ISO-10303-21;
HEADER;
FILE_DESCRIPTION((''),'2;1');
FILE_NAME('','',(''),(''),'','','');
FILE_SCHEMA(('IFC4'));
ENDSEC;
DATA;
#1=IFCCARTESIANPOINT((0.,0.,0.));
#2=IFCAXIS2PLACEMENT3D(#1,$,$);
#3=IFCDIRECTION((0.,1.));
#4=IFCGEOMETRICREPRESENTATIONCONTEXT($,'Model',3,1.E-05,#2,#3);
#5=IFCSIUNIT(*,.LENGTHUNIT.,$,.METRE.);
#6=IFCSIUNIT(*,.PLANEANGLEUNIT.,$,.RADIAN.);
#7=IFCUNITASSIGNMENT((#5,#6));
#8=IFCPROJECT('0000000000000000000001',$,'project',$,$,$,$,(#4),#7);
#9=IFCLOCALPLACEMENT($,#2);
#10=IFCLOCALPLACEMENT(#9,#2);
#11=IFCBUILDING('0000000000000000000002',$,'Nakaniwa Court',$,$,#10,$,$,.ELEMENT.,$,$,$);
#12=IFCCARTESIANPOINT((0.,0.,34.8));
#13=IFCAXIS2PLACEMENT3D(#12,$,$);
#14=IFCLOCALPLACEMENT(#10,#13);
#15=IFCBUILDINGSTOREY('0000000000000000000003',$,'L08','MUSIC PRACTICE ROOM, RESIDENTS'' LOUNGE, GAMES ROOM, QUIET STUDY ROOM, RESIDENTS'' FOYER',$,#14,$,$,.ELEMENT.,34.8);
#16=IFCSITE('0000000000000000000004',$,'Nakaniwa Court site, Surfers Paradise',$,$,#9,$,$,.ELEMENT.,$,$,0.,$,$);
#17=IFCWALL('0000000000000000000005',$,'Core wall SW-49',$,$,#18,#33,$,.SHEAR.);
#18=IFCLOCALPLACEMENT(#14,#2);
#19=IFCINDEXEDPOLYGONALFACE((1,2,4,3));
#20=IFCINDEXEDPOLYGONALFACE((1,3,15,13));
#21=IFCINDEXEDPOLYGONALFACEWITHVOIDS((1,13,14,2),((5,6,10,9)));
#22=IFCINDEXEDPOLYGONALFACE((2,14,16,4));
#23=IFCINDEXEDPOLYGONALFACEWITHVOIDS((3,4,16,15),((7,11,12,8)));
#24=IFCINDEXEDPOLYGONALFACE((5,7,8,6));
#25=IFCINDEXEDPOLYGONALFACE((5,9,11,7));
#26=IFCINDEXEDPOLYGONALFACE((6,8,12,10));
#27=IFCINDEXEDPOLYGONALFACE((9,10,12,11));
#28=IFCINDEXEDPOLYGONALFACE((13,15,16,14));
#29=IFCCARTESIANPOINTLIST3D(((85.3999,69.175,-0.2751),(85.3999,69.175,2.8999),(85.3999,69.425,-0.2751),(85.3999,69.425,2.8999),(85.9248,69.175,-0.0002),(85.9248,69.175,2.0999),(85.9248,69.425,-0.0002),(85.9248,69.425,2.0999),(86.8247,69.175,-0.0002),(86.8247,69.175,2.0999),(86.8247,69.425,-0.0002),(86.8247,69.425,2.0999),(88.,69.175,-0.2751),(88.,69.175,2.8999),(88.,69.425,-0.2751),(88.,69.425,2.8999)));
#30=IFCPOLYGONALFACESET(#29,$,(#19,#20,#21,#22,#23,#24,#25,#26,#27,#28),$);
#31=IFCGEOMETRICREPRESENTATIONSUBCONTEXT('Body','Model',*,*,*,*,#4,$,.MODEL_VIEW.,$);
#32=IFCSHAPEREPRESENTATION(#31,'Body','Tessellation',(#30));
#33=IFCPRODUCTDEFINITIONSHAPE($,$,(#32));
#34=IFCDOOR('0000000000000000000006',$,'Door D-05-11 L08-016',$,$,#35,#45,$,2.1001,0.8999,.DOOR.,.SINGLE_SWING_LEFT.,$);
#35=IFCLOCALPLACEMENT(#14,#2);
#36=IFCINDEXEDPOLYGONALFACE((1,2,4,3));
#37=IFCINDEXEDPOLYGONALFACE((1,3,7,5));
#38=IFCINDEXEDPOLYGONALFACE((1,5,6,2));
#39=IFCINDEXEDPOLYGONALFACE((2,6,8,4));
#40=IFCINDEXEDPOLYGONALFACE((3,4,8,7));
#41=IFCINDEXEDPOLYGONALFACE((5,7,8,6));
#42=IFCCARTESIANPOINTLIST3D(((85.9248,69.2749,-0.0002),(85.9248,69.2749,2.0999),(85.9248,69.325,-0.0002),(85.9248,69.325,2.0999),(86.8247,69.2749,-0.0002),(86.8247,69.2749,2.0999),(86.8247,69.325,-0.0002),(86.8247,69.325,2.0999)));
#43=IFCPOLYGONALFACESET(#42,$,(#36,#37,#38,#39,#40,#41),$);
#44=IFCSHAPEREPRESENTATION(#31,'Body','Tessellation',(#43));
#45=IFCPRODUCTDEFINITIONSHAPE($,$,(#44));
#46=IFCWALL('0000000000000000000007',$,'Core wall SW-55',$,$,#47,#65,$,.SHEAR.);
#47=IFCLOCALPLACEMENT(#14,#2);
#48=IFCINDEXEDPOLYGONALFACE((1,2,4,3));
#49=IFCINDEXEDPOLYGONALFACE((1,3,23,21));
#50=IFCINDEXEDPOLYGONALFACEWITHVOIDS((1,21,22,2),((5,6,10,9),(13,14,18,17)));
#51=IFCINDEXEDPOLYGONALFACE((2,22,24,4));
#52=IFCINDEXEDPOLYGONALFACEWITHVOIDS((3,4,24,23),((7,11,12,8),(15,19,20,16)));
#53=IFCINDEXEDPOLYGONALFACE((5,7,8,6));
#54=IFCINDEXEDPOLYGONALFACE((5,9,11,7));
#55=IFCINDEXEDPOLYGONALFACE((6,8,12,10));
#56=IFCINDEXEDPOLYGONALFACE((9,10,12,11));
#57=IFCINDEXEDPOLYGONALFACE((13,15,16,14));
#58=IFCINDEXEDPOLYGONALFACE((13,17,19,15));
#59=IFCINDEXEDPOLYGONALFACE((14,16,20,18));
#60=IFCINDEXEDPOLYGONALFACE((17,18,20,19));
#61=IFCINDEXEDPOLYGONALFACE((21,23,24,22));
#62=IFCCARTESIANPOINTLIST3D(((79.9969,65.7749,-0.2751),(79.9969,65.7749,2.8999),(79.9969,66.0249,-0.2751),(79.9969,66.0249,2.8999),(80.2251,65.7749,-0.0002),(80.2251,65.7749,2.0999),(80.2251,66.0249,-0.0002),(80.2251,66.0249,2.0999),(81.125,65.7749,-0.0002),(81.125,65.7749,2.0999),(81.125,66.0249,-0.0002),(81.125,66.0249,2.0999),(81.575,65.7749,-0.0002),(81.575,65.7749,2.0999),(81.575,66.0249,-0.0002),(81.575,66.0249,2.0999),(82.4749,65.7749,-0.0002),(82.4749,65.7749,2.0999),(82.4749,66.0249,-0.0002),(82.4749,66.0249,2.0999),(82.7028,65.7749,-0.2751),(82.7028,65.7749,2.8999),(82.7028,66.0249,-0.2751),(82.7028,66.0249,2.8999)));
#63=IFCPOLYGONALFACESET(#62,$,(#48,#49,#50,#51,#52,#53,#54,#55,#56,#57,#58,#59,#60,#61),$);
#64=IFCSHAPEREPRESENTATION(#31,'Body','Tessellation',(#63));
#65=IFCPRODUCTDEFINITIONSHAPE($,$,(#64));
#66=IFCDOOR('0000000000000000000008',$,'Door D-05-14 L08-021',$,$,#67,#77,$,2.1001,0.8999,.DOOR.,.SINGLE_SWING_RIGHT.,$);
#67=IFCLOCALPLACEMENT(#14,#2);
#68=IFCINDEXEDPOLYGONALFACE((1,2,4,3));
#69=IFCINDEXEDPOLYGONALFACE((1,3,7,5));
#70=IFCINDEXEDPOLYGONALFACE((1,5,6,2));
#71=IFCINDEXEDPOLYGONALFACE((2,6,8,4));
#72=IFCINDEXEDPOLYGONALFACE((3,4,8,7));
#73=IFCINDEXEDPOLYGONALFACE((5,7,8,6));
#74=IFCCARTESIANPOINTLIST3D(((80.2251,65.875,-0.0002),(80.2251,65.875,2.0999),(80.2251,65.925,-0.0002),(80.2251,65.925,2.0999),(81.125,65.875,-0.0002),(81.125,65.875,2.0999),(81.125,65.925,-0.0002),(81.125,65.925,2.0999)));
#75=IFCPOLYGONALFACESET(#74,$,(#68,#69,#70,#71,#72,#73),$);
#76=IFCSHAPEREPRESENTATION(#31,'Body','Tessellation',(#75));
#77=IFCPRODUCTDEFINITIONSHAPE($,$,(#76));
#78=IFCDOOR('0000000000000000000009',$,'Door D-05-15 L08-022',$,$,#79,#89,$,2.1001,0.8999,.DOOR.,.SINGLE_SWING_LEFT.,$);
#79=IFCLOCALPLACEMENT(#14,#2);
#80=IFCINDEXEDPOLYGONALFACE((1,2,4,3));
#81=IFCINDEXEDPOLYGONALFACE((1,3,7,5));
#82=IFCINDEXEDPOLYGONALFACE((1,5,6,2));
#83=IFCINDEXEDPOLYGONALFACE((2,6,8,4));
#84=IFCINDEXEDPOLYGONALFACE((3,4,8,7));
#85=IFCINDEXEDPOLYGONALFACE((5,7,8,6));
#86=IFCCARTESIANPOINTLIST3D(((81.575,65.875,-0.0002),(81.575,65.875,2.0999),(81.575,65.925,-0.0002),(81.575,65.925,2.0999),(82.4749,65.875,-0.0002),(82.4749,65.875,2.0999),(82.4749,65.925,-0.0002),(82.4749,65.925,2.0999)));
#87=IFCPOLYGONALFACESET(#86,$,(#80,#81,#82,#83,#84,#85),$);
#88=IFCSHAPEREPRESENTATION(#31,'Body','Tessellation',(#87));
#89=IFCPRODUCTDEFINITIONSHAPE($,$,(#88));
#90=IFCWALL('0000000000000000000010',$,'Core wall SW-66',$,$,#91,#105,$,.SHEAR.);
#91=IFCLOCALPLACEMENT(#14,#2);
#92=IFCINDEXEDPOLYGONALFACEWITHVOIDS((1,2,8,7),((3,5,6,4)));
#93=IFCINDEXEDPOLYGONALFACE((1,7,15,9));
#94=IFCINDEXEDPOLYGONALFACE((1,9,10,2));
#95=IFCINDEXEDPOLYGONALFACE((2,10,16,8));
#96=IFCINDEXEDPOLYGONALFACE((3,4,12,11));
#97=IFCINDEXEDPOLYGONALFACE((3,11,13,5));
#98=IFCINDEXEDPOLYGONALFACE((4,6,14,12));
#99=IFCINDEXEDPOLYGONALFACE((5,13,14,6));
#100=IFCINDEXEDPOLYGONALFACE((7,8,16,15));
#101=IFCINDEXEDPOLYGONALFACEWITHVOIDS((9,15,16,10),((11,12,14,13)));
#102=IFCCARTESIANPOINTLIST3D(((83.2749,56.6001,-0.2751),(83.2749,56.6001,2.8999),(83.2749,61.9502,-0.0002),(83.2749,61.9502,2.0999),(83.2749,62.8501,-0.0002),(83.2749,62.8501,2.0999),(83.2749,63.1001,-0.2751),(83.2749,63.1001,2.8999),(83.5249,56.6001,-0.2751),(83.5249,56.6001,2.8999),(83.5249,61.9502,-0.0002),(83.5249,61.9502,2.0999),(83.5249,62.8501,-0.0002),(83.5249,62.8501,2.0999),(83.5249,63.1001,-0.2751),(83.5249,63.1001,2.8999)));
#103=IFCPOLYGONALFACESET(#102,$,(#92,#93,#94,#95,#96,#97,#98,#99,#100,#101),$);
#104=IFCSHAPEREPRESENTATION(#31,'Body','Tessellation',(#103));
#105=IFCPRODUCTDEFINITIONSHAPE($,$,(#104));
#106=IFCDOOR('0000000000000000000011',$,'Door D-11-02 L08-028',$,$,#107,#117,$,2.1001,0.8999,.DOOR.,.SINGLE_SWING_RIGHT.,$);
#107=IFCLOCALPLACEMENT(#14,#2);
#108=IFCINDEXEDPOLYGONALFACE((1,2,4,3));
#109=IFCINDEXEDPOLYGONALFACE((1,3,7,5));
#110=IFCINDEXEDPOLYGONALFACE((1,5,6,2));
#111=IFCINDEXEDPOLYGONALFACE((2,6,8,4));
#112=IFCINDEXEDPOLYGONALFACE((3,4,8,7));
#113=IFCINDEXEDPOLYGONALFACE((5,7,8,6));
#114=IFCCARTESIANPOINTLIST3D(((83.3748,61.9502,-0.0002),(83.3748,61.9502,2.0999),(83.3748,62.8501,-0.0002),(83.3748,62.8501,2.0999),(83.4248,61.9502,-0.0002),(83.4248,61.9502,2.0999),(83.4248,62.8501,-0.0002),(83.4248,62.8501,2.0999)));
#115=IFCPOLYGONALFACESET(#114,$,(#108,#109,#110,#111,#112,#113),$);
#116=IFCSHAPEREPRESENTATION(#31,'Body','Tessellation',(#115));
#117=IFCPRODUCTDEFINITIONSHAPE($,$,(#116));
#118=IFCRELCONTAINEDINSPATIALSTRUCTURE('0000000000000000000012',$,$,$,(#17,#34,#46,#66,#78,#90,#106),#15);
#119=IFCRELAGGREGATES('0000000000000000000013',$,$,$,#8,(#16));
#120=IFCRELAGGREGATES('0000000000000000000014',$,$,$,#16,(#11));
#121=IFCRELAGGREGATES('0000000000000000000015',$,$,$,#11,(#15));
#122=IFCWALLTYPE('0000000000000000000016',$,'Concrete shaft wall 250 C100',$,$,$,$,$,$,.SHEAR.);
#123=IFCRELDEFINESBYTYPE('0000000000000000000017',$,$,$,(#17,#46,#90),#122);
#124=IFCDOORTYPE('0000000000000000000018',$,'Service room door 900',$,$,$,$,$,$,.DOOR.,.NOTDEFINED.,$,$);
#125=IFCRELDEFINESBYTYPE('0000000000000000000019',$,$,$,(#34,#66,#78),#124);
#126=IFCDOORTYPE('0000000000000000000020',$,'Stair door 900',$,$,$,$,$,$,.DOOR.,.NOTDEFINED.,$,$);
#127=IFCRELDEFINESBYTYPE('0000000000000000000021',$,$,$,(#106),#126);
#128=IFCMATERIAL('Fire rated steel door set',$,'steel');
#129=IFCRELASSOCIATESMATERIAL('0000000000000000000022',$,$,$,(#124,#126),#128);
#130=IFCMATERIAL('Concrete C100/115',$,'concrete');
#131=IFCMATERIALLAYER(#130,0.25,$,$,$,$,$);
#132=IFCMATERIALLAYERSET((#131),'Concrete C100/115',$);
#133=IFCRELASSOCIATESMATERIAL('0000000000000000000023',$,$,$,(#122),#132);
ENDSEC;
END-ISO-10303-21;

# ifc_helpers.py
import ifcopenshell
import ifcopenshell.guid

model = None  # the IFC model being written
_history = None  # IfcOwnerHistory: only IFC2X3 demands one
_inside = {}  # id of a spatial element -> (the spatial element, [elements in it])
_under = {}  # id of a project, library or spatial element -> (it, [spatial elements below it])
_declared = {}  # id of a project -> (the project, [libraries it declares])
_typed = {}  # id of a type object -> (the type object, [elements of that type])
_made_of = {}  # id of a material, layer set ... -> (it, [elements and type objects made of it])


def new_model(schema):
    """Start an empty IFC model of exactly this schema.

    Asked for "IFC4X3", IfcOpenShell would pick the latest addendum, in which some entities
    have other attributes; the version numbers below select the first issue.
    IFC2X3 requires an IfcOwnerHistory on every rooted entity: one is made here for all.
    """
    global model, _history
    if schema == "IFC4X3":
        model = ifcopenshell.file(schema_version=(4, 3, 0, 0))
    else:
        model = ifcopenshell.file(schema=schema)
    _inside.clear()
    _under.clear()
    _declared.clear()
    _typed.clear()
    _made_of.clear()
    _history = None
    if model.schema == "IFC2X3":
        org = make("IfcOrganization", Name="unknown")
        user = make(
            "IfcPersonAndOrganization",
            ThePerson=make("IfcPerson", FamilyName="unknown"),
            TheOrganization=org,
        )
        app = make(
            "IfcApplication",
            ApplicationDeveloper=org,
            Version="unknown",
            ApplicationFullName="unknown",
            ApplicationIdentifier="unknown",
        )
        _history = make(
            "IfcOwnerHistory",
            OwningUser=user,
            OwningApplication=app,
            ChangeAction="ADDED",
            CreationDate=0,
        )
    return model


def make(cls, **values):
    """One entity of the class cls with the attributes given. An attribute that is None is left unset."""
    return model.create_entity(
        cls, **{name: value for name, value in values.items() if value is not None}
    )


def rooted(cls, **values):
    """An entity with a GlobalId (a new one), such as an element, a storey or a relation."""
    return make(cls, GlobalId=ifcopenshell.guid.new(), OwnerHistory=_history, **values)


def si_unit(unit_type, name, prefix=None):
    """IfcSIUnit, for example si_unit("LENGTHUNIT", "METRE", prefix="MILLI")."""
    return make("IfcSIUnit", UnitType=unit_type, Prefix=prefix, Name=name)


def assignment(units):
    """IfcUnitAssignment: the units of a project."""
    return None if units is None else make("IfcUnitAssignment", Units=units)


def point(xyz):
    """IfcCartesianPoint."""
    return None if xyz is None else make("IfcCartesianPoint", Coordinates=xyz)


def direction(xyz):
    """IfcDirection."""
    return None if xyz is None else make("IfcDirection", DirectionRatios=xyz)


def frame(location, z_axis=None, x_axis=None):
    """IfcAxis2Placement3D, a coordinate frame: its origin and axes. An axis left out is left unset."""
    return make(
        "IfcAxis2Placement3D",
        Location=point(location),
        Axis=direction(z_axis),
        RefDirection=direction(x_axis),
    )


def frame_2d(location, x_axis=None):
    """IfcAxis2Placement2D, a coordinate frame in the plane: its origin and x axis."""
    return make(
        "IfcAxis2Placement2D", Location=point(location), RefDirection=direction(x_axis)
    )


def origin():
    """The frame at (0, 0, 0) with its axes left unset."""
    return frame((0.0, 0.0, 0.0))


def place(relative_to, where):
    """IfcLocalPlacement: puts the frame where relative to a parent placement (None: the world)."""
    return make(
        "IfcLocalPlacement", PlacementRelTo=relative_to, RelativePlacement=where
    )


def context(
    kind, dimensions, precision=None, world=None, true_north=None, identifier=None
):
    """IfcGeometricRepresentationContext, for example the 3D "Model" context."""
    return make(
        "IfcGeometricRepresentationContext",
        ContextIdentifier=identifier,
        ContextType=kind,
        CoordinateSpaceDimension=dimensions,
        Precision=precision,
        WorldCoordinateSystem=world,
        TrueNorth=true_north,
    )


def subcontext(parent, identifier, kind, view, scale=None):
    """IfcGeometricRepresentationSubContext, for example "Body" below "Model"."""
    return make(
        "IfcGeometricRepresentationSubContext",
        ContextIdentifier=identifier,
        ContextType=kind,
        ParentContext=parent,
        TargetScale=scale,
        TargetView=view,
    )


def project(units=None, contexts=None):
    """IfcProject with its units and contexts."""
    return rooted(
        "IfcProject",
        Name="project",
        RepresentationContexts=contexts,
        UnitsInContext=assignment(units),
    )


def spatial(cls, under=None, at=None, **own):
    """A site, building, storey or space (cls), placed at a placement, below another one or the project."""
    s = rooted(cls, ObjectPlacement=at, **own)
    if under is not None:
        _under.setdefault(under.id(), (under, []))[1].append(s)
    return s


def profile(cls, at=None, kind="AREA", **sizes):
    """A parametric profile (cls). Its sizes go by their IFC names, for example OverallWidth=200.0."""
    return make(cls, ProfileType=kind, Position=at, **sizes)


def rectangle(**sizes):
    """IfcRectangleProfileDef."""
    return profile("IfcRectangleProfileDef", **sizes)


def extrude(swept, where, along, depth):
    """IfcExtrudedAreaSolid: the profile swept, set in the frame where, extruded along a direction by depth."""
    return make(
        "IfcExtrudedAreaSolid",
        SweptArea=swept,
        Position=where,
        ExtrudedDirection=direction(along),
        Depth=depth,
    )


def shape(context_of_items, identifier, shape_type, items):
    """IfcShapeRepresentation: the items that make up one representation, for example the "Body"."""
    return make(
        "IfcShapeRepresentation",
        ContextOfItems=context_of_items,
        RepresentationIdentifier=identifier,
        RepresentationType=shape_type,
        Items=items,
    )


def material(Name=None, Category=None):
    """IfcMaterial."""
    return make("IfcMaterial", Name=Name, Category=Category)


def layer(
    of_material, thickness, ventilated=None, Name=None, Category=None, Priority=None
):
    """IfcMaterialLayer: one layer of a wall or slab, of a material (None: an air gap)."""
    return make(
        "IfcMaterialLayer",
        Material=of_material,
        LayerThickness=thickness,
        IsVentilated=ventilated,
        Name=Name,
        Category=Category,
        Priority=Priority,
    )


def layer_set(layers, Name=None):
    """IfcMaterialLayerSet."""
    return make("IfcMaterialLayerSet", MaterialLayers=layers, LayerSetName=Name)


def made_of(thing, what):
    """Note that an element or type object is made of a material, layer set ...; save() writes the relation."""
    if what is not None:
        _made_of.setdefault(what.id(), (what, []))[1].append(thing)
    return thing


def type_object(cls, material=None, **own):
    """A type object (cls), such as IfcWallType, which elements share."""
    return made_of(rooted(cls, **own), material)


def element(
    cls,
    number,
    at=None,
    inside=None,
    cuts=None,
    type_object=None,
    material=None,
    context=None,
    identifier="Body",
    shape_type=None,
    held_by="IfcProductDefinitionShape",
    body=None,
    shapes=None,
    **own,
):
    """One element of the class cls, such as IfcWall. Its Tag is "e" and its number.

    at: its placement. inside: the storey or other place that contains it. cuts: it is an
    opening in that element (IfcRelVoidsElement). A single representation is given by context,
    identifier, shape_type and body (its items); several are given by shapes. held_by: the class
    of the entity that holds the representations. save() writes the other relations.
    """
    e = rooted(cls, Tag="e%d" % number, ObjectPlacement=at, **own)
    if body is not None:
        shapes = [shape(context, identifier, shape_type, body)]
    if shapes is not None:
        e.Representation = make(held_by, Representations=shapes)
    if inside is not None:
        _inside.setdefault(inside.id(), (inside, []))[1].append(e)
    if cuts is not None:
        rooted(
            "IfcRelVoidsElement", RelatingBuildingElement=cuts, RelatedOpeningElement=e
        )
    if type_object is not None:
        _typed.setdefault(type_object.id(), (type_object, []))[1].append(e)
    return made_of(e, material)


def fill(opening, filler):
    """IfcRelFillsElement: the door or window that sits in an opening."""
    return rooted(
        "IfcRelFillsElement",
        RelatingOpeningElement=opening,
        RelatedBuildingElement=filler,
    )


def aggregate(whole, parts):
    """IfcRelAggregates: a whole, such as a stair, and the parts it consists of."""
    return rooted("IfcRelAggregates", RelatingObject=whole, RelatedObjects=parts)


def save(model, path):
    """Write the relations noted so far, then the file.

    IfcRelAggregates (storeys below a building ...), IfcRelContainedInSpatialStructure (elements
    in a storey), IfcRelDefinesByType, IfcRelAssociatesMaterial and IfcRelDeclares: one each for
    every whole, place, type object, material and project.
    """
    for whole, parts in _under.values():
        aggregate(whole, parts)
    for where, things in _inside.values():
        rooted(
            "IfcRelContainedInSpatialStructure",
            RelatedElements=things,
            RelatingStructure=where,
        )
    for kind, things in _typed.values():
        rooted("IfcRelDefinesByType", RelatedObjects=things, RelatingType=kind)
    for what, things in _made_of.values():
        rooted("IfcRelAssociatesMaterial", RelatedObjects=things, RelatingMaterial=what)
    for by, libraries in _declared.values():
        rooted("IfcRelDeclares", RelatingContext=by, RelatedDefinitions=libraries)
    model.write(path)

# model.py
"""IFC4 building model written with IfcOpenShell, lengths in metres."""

from ifc_helpers import new_model, si_unit, direction, frame, frame_2d, origin, place, context, subcontext, project, spatial, rectangle, extrude, material, layer, layer_set, type_object, element, fill, save


model = new_model("IFC4")

# Units and contexts
model_context = context("Model", 3, precision=1e-05, world=origin(), true_north=direction((0.0, 1.0)))
body_context = subcontext(model_context, "Body", "Model", "MODEL_VIEW")
ifc_project = project(units=[si_unit("LENGTHUNIT", "METRE"), si_unit("PLANEANGLEUNIT", "RADIAN")], contexts=[model_context])

# Site, building, storey
site_placement = place(None, origin())
site = spatial("IfcSite", under=ifc_project, at=site_placement, Name="Nakaniwa Court site, Surfers Paradise", CompositionType="ELEMENT", RefElevation=0.0)
building_placement = place(site_placement, origin())
building = spatial("IfcBuilding", under=site, at=building_placement, Name="Nakaniwa Court", CompositionType="ELEMENT")
storey_placement = place(building_placement, frame((0.0, 0.0, 34.8)))
storey = spatial("IfcBuildingStorey", under=building, at=storey_placement, Name="L08", Description="MUSIC PRACTICE ROOM, RESIDENTS' LOUNGE, GAMES ROOM, QUIET STUDY ROOM, RESIDENTS' FOYER", CompositionType="ELEMENT", Elevation=34.8)

# Shared definitions
ifc_material_1 = material(Name="Fire rated steel door set", Category="steel")
door_type_1 = type_object("IfcDoorType", Name="Service room door 900", OperationType="NOTDEFINED", PredefinedType="DOOR", material=ifc_material_1)

# Shared definitions
ifc_material_2 = material(Name="Concrete C100/115", Category="concrete")

# Shared definitions
ifc_layer_1 = layer(ifc_material_2, 0.25)
ifc_layer_set_1 = layer_set([ifc_layer_1], Name="Concrete C100/115")
wall_type_1 = type_object("IfcWallType", Name="Concrete shaft wall 250 C100", PredefinedType="SHEAR", material=ifc_layer_set_1)

# Wall, opening, door
wall_1_placement = place(storey_placement, frame((85.3999, 69.3, -0.2751), z_axis=(0.0, 0.0, 1.0), x_axis=(1.0, 0.0, 0.0)))
wall_1 = element("IfcWall", 1, at=wall_1_placement, inside=storey, type_object=wall_type_1, Name="Core wall SW-49", PredefinedType="SHEAR", context=body_context, shape_type="SweptSolid", body=[
    extrude(rectangle(XDim=2.6001, YDim=0.25, at=frame_2d((1.3, 0.0))), origin(), (0.0, 0.0, 1.0), 3.175),
])
opening_1_placement = place(wall_1_placement, frame((0.5249, 0.0, 0.2749)))
opening_1 = element("IfcOpeningElement", 2, at=opening_1_placement, cuts=wall_1, PredefinedType="OPENING", context=body_context, shape_type="SweptSolid", body=[
    extrude(rectangle(XDim=0.8999, YDim=2.1001, at=frame_2d((0.45, 1.05))), frame((0.0, 0.135, 0.0), z_axis=(0.0, -1.0, 0.0), x_axis=(1.0, 0.0, 0.0)), (0.0, 0.0, 1.0), 0.27),
])
door_1_placement = place(opening_1_placement, origin())
door_1 = element("IfcDoor", 3, at=door_1_placement, inside=storey, type_object=door_type_1, Name="Door D-05-11 L08-016", OperationType="SINGLE_SWING_LEFT", OverallHeight=2.1001, OverallWidth=0.8999, PredefinedType="DOOR", context=body_context, shape_type="SweptSolid", body=[
    extrude(rectangle(XDim=0.8999, YDim=2.1001, at=frame_2d((0.45, 1.05))), frame((0.0, 0.0249, 0.0), z_axis=(0.0, -1.0, 0.0), x_axis=(1.0, 0.0, 0.0)), (0.0, 0.0, 1.0), 0.05),
])
fill(opening_1, door_1)

# Wall, openings, doors
wall_2_placement = place(storey_placement, frame((82.7029, 65.8999, -0.2751), z_axis=(0.0, 0.0, 1.0), x_axis=(-1.0, 0.0, 0.0)))
wall_2 = element("IfcWall", 4, at=wall_2_placement, inside=storey, type_object=wall_type_1, Name="Core wall SW-55", PredefinedType="SHEAR", context=body_context, shape_type="SweptSolid", body=[
    extrude(rectangle(XDim=2.7058, YDim=0.25, at=frame_2d((1.353, 0.0))), origin(), (0.0, 0.0, 1.0), 3.175),
])
opening_2_placement = place(wall_2_placement, frame((1.5779, 0.0, 0.2749)))
opening_2 = element("IfcOpeningElement", 5, at=opening_2_placement, cuts=wall_2, PredefinedType="OPENING", context=body_context, shape_type="SweptSolid", body=[
    extrude(rectangle(XDim=0.8999, YDim=2.1001, at=frame_2d((0.45, 1.05))), frame((0.0, 0.135, 0.0), z_axis=(0.0, -1.0, 0.0), x_axis=(1.0, 0.0, 0.0)), (0.0, 0.0, 1.0), 0.27),
])
opening_3_placement = place(wall_2_placement, frame((0.228, 0.0, 0.2749)))
opening_3 = element("IfcOpeningElement", 6, at=opening_3_placement, cuts=wall_2, PredefinedType="OPENING", context=body_context, shape_type="SweptSolid", body=[
    extrude(rectangle(XDim=0.8999, YDim=2.1001, at=frame_2d((0.45, 1.05))), frame((0.0, 0.135, 0.0), z_axis=(0.0, -1.0, 0.0), x_axis=(1.0, 0.0, 0.0)), (0.0, 0.0, 1.0), 0.27),
])
door_2_placement = place(opening_2_placement, origin())
door_2 = element("IfcDoor", 7, at=door_2_placement, inside=storey, type_object=door_type_1, Name="Door D-05-14 L08-021", OperationType="SINGLE_SWING_RIGHT", OverallHeight=2.1001, OverallWidth=0.8999, PredefinedType="DOOR", context=body_context, shape_type="SweptSolid", body=[
    extrude(rectangle(XDim=0.8999, YDim=2.1001, at=frame_2d((0.45, 1.05))), frame((0.0, 0.0249, 0.0), z_axis=(0.0, -1.0, 0.0), x_axis=(1.0, 0.0, 0.0)), (0.0, 0.0, 1.0), 0.05),
])
fill(opening_2, door_2)
door_3_placement = place(opening_3_placement, origin())
door_3 = element("IfcDoor", 8, at=door_3_placement, inside=storey, type_object=door_type_1, Name="Door D-05-15 L08-022", OperationType="SINGLE_SWING_LEFT", OverallHeight=2.1001, OverallWidth=0.8999, PredefinedType="DOOR", context=body_context, shape_type="SweptSolid", body=[
    extrude(rectangle(XDim=0.8999, YDim=2.1001, at=frame_2d((0.45, 1.05))), frame((0.0, 0.0249, 0.0), z_axis=(0.0, -1.0, 0.0), x_axis=(1.0, 0.0, 0.0)), (0.0, 0.0, 1.0), 0.05),
])
fill(opening_3, door_3)

# Wall, opening, door
wall_3_placement = place(storey_placement, frame((83.3999, 63.1001, -0.2751), z_axis=(0.0, 0.0, 1.0), x_axis=(0.0, -1.0, 0.0)))
wall_3 = element("IfcWall", 9, at=wall_3_placement, inside=storey, type_object=wall_type_1, Name="Core wall SW-66", PredefinedType="SHEAR", context=body_context, shape_type="SweptSolid", body=[
    extrude(rectangle(XDim=6.5, YDim=0.25, at=frame_2d((3.25, 0.0))), origin(), (0.0, 0.0, 1.0), 3.175),
])
opening_4_placement = place(wall_3_placement, frame((0.25, 0.0, 0.2749)))
opening_4 = element("IfcOpeningElement", 10, at=opening_4_placement, cuts=wall_3, PredefinedType="OPENING", context=body_context, shape_type="SweptSolid", body=[
    extrude(rectangle(XDim=0.8999, YDim=2.1001, at=frame_2d((0.45, 1.05))), frame((0.0, 0.135, 0.0), z_axis=(0.0, -1.0, 0.0), x_axis=(1.0, 0.0, 0.0)), (0.0, 0.0, 1.0), 0.27),
])
door_type_2 = type_object("IfcDoorType", Name="Stair door 900", OperationType="NOTDEFINED", PredefinedType="DOOR", material=ifc_material_1)
door_4_placement = place(opening_4_placement, origin())
door_4 = element("IfcDoor", 11, at=door_4_placement, inside=storey, type_object=door_type_2, Name="Door D-11-02 L08-028", OperationType="SINGLE_SWING_RIGHT", OverallHeight=2.1001, OverallWidth=0.8999, PredefinedType="DOOR", context=body_context, shape_type="SweptSolid", body=[
    extrude(rectangle(XDim=0.8999, YDim=2.1001, at=frame_2d((0.45, 1.05))), frame((0.0, 0.0249, 0.0), z_axis=(0.0, -1.0, 0.0), x_axis=(1.0, 0.0, 0.0)), (0.0, 0.0, 1.0), 0.05),
])
fill(opening_4, door_4)

save(model, "model.ifc")
